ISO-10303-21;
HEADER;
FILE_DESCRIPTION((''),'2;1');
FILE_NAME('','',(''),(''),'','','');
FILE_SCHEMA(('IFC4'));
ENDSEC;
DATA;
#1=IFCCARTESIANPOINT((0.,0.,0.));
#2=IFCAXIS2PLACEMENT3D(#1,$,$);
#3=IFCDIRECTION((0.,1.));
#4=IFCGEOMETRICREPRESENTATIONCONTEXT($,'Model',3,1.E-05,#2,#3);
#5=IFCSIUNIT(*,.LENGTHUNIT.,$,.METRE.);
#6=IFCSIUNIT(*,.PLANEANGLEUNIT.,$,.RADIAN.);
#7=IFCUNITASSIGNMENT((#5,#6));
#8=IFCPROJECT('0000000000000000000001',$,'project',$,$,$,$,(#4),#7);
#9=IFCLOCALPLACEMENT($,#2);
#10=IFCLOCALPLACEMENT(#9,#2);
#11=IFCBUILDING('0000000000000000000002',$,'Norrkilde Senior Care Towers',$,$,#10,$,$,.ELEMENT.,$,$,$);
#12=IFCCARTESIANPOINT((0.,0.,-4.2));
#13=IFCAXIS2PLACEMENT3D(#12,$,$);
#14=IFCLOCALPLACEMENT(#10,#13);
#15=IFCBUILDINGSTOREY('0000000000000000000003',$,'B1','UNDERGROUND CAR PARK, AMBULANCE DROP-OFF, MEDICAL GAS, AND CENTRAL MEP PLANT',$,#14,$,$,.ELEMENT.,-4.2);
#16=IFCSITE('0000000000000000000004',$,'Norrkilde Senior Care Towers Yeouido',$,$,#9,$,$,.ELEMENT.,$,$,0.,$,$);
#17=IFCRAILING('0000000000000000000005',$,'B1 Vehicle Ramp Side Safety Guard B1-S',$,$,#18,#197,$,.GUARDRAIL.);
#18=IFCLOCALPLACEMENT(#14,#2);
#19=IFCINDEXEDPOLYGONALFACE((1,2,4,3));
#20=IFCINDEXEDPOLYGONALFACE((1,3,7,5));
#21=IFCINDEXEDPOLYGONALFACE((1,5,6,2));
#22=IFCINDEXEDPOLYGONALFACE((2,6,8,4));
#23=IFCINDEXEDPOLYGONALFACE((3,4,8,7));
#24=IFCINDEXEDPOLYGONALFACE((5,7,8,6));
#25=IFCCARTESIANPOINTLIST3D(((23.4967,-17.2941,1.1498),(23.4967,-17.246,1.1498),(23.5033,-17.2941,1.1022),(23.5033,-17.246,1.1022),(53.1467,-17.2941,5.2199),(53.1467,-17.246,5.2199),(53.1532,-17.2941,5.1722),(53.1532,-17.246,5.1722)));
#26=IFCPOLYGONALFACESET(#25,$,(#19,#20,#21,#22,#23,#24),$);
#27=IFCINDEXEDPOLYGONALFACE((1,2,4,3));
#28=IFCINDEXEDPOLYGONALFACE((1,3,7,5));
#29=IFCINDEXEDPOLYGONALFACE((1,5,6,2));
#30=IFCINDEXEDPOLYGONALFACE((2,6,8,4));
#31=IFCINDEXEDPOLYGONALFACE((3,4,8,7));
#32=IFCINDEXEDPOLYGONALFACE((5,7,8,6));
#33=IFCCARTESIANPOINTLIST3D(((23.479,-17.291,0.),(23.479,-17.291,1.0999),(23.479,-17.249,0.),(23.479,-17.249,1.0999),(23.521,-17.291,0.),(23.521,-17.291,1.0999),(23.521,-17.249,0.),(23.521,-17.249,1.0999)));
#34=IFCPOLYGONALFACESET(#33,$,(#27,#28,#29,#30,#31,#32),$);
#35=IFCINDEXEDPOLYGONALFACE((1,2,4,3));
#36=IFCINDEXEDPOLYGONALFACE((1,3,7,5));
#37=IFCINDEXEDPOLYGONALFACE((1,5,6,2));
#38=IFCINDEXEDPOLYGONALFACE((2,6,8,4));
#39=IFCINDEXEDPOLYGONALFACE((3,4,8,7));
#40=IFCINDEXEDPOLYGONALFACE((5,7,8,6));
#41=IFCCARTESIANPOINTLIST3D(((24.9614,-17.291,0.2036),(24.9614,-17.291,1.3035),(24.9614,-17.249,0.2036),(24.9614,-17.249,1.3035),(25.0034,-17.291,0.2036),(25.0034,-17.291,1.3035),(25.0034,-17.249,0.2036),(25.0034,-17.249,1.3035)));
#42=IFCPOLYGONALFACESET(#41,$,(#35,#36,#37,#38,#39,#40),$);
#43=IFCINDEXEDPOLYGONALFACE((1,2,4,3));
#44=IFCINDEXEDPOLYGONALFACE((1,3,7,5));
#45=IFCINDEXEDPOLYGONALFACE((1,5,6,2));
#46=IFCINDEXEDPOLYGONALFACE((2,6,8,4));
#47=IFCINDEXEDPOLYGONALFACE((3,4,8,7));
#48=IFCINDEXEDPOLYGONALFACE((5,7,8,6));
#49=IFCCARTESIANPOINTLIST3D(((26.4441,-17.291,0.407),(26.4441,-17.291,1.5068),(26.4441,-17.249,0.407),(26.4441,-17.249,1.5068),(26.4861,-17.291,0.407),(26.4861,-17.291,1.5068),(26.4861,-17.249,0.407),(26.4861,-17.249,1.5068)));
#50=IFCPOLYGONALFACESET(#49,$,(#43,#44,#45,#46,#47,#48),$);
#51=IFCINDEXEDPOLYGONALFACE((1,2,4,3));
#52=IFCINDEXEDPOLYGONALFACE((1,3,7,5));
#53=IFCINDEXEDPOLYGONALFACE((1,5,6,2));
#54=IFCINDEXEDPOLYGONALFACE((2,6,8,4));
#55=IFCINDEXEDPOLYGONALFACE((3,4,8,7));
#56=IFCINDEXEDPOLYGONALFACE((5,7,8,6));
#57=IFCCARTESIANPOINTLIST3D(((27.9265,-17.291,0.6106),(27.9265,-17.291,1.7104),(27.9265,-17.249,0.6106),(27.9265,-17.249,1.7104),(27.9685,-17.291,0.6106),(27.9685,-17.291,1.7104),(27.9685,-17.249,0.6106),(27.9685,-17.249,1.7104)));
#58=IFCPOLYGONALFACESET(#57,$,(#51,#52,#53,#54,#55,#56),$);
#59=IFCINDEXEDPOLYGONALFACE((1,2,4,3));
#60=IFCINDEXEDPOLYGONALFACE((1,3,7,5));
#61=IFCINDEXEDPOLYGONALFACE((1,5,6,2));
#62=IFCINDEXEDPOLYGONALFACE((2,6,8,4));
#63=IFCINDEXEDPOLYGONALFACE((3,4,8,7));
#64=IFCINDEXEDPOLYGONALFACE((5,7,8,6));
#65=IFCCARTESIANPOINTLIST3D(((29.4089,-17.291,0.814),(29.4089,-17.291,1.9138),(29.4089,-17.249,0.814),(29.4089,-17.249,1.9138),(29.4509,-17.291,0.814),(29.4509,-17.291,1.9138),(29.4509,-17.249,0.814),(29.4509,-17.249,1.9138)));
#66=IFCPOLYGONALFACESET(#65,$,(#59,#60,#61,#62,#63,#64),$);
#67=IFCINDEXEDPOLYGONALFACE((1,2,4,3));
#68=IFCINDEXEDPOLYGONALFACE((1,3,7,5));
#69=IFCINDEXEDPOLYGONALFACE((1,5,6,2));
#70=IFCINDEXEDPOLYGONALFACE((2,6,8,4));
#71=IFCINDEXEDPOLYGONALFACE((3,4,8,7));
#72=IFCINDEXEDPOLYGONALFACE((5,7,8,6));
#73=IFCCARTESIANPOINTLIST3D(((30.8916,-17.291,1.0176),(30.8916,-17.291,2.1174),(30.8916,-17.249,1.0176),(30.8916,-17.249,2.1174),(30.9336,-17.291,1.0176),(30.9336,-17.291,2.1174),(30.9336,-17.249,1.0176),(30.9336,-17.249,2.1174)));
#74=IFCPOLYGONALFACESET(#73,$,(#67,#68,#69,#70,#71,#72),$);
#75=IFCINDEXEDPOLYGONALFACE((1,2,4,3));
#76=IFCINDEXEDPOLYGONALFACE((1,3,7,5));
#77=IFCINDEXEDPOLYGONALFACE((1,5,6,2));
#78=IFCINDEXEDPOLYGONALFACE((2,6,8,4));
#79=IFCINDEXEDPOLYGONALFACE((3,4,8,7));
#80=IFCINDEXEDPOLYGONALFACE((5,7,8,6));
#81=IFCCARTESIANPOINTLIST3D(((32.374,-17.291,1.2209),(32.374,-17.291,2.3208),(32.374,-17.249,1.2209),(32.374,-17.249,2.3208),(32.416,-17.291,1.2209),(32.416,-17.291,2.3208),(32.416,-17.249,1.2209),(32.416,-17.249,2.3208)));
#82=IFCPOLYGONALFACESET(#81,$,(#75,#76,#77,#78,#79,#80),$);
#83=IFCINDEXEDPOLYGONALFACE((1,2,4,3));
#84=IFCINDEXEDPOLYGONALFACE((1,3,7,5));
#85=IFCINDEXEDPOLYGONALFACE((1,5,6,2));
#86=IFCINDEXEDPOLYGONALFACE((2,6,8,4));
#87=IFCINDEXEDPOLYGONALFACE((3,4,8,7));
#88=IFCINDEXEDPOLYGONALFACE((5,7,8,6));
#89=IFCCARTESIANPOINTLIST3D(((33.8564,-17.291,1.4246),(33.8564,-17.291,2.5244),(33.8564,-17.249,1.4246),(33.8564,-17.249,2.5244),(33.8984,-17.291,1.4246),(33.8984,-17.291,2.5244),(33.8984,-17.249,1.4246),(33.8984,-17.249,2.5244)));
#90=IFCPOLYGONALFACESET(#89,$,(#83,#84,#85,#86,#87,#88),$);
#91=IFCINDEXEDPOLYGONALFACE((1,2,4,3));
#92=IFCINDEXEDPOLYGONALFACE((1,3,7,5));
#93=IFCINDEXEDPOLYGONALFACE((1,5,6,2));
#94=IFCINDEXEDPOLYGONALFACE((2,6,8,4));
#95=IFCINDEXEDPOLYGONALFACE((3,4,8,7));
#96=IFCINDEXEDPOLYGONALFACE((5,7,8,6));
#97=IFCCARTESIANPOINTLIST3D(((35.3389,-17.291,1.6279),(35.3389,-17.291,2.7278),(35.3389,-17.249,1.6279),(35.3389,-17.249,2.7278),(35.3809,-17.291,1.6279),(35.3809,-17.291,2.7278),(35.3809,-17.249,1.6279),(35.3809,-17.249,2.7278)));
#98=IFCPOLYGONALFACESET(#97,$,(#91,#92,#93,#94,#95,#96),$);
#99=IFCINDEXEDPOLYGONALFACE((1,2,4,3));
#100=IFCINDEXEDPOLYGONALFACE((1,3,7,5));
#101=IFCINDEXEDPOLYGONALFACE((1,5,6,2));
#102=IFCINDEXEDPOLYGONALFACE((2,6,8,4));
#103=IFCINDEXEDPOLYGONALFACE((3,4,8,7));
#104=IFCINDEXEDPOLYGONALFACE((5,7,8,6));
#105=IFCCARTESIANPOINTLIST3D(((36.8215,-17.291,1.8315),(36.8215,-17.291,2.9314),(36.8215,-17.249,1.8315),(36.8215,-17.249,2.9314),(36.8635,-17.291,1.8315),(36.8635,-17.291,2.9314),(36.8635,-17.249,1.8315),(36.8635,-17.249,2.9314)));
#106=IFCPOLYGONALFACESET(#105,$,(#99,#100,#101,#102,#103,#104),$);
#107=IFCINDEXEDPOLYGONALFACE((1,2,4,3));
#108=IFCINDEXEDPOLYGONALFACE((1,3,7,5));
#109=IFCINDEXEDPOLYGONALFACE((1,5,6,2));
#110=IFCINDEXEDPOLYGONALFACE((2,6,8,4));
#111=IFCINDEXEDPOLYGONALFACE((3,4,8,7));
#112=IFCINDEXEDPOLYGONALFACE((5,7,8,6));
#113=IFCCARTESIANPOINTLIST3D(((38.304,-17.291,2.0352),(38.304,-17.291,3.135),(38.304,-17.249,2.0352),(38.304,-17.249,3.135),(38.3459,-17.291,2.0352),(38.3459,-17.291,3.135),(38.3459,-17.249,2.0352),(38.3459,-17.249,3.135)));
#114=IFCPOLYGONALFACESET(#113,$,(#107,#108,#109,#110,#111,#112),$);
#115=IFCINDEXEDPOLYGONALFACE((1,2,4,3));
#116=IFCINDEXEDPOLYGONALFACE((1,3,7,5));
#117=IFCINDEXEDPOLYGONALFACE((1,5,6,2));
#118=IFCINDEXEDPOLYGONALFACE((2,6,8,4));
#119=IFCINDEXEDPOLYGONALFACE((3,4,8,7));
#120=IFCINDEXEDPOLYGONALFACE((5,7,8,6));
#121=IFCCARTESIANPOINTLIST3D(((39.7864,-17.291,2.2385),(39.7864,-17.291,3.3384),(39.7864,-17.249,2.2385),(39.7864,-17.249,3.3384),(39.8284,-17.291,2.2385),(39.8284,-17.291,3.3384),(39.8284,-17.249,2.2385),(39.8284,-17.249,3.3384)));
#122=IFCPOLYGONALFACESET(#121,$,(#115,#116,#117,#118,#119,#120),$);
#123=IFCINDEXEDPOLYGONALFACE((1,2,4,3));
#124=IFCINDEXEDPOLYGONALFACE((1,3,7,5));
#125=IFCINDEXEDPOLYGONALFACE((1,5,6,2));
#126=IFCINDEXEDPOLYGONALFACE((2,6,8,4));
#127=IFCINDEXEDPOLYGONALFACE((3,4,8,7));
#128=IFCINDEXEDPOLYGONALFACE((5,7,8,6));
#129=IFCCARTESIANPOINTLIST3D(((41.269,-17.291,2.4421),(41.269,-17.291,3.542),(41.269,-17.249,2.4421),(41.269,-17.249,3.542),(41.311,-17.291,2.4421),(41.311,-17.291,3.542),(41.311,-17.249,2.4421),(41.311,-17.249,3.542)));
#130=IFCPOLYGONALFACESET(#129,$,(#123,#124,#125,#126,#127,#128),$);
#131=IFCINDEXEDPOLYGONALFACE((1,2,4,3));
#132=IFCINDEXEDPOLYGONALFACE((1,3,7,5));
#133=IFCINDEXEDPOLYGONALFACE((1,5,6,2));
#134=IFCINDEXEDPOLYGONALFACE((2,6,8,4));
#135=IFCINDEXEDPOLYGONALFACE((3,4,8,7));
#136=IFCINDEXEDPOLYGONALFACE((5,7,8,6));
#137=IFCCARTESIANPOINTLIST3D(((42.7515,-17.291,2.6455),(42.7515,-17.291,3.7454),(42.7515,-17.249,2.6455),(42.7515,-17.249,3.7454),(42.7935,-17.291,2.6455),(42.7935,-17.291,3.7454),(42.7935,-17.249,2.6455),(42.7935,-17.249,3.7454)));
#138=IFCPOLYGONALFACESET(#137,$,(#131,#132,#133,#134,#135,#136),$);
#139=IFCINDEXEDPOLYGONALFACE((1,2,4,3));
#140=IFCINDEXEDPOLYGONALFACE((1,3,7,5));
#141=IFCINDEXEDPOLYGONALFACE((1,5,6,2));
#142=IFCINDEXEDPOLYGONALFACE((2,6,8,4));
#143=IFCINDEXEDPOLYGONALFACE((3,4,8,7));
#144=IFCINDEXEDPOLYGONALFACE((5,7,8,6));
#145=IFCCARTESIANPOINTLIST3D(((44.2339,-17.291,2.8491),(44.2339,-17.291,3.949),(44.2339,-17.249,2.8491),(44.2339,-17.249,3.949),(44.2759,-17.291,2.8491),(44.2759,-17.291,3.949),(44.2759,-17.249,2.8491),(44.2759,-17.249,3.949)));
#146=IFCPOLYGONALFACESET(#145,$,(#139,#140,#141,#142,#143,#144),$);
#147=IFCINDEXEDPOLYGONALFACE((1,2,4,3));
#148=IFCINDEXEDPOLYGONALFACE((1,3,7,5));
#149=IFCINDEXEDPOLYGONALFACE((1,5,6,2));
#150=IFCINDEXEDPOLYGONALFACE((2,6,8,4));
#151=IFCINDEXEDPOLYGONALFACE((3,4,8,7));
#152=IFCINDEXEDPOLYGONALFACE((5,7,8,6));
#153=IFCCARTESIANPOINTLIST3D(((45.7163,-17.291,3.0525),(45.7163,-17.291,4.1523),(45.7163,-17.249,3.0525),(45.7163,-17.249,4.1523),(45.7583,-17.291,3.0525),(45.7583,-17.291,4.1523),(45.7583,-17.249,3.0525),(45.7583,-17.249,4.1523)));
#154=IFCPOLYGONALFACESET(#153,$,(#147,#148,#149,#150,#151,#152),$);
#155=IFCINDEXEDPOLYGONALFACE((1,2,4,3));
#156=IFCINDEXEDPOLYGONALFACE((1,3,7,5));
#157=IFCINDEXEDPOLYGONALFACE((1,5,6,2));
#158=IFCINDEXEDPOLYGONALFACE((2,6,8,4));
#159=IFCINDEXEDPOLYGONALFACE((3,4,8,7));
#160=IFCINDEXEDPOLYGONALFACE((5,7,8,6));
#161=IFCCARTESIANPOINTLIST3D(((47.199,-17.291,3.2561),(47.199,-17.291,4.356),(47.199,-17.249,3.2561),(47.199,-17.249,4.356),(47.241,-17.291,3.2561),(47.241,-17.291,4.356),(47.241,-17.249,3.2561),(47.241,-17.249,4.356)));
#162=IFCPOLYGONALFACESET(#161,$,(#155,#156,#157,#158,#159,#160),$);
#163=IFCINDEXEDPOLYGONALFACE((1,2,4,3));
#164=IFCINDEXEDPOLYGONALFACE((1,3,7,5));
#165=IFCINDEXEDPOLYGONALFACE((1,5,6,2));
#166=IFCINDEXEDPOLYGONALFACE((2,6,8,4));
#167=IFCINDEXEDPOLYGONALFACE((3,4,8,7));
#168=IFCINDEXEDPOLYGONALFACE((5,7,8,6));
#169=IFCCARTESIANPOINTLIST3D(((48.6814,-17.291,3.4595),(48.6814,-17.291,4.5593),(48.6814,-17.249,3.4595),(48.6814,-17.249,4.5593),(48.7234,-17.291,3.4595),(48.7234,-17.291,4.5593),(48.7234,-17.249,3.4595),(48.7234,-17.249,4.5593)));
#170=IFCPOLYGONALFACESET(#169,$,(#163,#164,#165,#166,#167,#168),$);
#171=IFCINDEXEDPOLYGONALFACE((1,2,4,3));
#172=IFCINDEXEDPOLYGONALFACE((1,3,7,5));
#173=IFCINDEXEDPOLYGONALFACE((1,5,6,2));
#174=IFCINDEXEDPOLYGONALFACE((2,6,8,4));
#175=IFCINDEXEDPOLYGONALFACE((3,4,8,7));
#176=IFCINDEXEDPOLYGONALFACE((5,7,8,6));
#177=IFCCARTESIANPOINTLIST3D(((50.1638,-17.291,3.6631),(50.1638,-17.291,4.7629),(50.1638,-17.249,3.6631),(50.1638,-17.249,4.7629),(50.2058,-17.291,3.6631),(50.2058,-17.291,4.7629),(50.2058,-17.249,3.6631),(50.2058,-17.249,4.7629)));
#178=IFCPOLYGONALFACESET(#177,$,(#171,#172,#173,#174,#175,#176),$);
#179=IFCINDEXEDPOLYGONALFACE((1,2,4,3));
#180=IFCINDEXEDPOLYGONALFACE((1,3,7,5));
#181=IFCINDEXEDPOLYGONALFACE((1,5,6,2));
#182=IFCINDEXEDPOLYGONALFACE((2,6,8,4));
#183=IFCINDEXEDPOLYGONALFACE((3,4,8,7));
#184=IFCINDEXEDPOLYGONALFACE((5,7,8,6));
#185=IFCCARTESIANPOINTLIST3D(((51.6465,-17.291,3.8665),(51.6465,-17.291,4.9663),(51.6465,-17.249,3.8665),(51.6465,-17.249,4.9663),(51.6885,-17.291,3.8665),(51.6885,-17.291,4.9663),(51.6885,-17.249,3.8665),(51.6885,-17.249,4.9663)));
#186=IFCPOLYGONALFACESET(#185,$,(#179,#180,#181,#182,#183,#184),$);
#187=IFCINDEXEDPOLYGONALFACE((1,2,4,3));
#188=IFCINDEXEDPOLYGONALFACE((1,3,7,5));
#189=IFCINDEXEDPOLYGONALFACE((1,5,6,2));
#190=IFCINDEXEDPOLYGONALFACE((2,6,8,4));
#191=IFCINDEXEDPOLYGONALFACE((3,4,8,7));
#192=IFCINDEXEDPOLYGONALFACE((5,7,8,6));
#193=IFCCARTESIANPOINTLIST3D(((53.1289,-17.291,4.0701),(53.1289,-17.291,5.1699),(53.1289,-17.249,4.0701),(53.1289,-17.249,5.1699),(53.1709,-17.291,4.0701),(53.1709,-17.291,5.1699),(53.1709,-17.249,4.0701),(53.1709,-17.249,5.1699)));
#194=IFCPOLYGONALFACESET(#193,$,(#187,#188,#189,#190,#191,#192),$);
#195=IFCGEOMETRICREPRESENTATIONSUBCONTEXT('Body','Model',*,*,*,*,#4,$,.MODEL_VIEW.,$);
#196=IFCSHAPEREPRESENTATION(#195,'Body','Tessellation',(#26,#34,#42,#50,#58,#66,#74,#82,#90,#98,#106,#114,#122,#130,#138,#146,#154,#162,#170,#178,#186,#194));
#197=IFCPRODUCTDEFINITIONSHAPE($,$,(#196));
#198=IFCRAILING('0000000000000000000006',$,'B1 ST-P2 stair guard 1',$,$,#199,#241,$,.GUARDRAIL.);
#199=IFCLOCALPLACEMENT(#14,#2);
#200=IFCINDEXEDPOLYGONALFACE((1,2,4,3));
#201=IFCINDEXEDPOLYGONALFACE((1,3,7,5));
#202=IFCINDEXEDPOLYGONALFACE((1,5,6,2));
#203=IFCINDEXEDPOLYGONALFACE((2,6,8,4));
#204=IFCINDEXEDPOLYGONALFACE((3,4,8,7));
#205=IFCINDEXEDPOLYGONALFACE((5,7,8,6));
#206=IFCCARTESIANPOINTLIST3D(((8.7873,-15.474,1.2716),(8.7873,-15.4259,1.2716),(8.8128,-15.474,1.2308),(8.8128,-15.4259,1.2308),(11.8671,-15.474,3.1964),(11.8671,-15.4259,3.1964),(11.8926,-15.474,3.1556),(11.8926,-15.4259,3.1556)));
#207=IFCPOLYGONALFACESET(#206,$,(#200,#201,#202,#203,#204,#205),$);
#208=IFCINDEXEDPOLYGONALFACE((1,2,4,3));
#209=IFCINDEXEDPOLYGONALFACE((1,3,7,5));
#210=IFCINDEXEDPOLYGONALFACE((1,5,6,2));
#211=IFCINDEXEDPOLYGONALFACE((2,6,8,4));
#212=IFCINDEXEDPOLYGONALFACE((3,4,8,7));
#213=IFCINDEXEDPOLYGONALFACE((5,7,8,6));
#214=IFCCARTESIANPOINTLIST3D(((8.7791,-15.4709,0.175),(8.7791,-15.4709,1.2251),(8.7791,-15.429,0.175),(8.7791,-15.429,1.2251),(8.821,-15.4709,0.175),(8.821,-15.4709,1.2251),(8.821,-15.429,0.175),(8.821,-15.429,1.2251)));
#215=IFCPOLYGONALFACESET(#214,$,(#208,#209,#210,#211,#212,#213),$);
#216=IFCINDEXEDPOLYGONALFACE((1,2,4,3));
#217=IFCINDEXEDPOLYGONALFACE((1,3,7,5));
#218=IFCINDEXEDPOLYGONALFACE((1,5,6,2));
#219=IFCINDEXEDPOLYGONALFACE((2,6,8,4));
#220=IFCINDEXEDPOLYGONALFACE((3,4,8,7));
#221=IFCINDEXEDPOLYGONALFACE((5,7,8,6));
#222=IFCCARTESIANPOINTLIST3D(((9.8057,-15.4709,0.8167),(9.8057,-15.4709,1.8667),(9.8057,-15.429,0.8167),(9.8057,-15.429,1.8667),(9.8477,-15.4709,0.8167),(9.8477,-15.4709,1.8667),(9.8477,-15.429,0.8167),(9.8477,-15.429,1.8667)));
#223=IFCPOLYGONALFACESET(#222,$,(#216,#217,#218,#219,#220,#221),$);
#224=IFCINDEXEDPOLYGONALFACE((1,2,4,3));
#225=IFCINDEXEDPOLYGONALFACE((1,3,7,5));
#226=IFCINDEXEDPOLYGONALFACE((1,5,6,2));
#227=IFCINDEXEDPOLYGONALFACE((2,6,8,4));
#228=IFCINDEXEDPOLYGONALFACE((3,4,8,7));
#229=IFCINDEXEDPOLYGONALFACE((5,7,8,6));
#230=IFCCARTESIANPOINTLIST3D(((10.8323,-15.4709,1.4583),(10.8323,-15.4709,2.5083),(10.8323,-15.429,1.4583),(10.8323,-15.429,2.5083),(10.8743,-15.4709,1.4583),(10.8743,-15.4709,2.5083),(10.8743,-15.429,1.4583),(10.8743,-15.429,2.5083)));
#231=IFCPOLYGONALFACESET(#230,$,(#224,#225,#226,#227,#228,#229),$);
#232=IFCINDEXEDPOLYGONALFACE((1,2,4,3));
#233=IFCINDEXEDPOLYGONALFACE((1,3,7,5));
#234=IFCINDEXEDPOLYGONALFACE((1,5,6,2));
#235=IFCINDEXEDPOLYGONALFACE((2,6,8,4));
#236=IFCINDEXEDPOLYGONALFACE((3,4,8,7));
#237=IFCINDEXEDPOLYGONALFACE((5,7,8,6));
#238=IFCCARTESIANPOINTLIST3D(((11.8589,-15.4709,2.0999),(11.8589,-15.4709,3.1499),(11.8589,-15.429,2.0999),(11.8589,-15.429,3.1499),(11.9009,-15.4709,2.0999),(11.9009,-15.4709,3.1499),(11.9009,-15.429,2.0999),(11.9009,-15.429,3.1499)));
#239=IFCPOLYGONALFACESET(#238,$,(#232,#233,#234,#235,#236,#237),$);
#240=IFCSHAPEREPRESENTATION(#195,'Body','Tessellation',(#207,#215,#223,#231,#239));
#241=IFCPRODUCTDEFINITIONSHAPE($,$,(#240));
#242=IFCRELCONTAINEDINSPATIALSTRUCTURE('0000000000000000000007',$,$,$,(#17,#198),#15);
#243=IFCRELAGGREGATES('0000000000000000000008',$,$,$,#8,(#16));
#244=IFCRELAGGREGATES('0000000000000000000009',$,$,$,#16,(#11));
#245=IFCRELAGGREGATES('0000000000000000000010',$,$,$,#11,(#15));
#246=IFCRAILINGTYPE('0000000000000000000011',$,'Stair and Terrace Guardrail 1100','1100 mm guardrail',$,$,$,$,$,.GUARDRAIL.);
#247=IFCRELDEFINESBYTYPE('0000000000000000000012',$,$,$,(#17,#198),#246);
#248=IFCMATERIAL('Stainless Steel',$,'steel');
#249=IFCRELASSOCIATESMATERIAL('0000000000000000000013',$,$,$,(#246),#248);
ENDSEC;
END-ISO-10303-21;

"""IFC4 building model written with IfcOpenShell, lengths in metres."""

from ifc_helpers import new_model, si_unit, direction, frame, origin, origin_2d, place, context, subcontext, project, spatial, rectangle, extrude, material, type_object, element, save


model = new_model("IFC4")

# Units and contexts
model_context = context("Model", 3, precision=1e-05, world=origin(), true_north=direction((0.0, 1.0)))
body_context = subcontext(model_context, "Body", "Model", "MODEL_VIEW")
ifc_project = project(units=[si_unit("LENGTHUNIT", "METRE"), si_unit("PLANEANGLEUNIT", "RADIAN")], contexts=[model_context])

# Site, building, storey
site_placement = place(None, origin())
site = spatial("IfcSite", under=ifc_project, at=site_placement, Name="Norrkilde Senior Care Towers Yeouido", CompositionType="ELEMENT", RefElevation=0.0)
building_placement = place(site_placement, origin())
building = spatial("IfcBuilding", under=site, at=building_placement, Name="Norrkilde Senior Care Towers", CompositionType="ELEMENT")
storey_placement = place(building_placement, frame((0.0, 0.0, -4.2)))
storey = spatial("IfcBuildingStorey", under=building, at=storey_placement, Name="B1", Description="UNDERGROUND CAR PARK, AMBULANCE DROP-OFF, MEDICAL GAS, AND CENTRAL MEP PLANT", CompositionType="ELEMENT", Elevation=-4.2)

# Railings
ifc_material_1 = material(Name="Stainless Steel", Category="steel")
railing_type_1 = type_object("IfcRailingType", Name="Stair and Terrace Guardrail 1100", Description="1100 mm guardrail", PredefinedType="GUARDRAIL", material=ifc_material_1)
railing_1_placement = place(storey_placement, frame((23.5, -17.27, 0.0)))
element("IfcRailing", 1, at=railing_1_placement, inside=storey, type_object=railing_type_1, Name="B1 Vehicle Ramp Side Safety Guard B1-S", PredefinedType="GUARDRAIL", context=body_context, shape_type="SweptSolid", body=[
    extrude(rectangle(XDim=0.0481, YDim=0.0481, at=origin_2d()), frame((0.0, 0.0, 1.126), z_axis=(0.990709, 0.0, 0.135996), x_axis=(0.0, 1.0, 0.0)), (0.0, 0.0, 1.0), 29.928),
    extrude(rectangle(XDim=0.042, YDim=0.042, at=origin_2d()), origin(), (0.0, 0.0, 1.0), 1.0999),
    extrude(rectangle(XDim=0.042, YDim=0.042, at=origin_2d()), frame((1.4824, 0.0, 0.2036)), (0.0, 0.0, 1.0), 1.0999),
    extrude(rectangle(XDim=0.042, YDim=0.042, at=origin_2d()), frame((2.9651, 0.0, 0.407)), (0.0, 0.0, 1.0), 1.0999),
    extrude(rectangle(XDim=0.042, YDim=0.042, at=origin_2d()), frame((4.4475, 0.0, 0.6106)), (0.0, 0.0, 1.0), 1.0999),
    extrude(rectangle(XDim=0.042, YDim=0.042, at=origin_2d()), frame((5.9299, 0.0, 0.814)), (0.0, 0.0, 1.0), 1.0999),
    extrude(rectangle(XDim=0.042, YDim=0.042, at=origin_2d()), frame((7.4126, 0.0, 1.0176)), (0.0, 0.0, 1.0), 1.0999),
    extrude(rectangle(XDim=0.042, YDim=0.042, at=origin_2d()), frame((8.895, 0.0, 1.2209)), (0.0, 0.0, 1.0), 1.0999),
    extrude(rectangle(XDim=0.042, YDim=0.042, at=origin_2d()), frame((10.3774, 0.0, 1.4246)), (0.0, 0.0, 1.0), 1.0999),
    extrude(rectangle(XDim=0.042, YDim=0.042, at=origin_2d()), frame((11.8599, 0.0, 1.6279)), (0.0, 0.0, 1.0), 1.0999),
    extrude(rectangle(XDim=0.042, YDim=0.042, at=origin_2d()), frame((13.3425, 0.0, 1.8315)), (0.0, 0.0, 1.0), 1.0999),
    extrude(rectangle(XDim=0.042, YDim=0.042, at=origin_2d()), frame((14.825, 0.0, 2.0352)), (0.0, 0.0, 1.0), 1.0999),
    extrude(rectangle(XDim=0.042, YDim=0.042, at=origin_2d()), frame((16.3074, 0.0, 2.2385)), (0.0, 0.0, 1.0), 1.0999),
    extrude(rectangle(XDim=0.042, YDim=0.042, at=origin_2d()), frame((17.79, 0.0, 2.4421)), (0.0, 0.0, 1.0), 1.0999),
    extrude(rectangle(XDim=0.042, YDim=0.042, at=origin_2d()), frame((19.2725, 0.0, 2.6455)), (0.0, 0.0, 1.0), 1.0999),
    extrude(rectangle(XDim=0.042, YDim=0.042, at=origin_2d()), frame((20.7549, 0.0, 2.8491)), (0.0, 0.0, 1.0), 1.0999),
    extrude(rectangle(XDim=0.042, YDim=0.042, at=origin_2d()), frame((22.2373, 0.0, 3.0525)), (0.0, 0.0, 1.0), 1.0999),
    extrude(rectangle(XDim=0.042, YDim=0.042, at=origin_2d()), frame((23.72, 0.0, 3.2561)), (0.0, 0.0, 1.0), 1.0999),
    extrude(rectangle(XDim=0.042, YDim=0.042, at=origin_2d()), frame((25.2024, 0.0, 3.4595)), (0.0, 0.0, 1.0), 1.0999),
    extrude(rectangle(XDim=0.042, YDim=0.042, at=origin_2d()), frame((26.6848, 0.0, 3.6631)), (0.0, 0.0, 1.0), 1.0999),
    extrude(rectangle(XDim=0.042, YDim=0.042, at=origin_2d()), frame((28.1675, 0.0, 3.8665)), (0.0, 0.0, 1.0), 1.0999),
    extrude(rectangle(XDim=0.042, YDim=0.042, at=origin_2d()), frame((29.6499, 0.0, 4.0701)), (0.0, 0.0, 1.0), 1.0999),
])
railing_2_placement = place(storey_placement, frame((8.8, -15.45, 0.175)))
element("IfcRailing", 2, at=railing_2_placement, inside=storey, type_object=railing_type_1, Name="B1 ST-P2 stair guard 1", PredefinedType="GUARDRAIL", context=body_context, shape_type="SweptSolid", body=[
    extrude(rectangle(XDim=0.0481, YDim=0.0481, at=origin_2d()), frame((0.0, 0.0, 1.0762), z_axis=(0.84801, 0.0, 0.529981), x_axis=(0.0, 1.0, 0.0)), (0.0, 0.0, 1.0), 3.6318),
    extrude(rectangle(XDim=0.042, YDim=0.042, at=origin_2d()), origin(), (0.0, 0.0, 1.0), 1.05),
    extrude(rectangle(XDim=0.042, YDim=0.042, at=origin_2d()), frame((1.0266, 0.0, 0.6416)), (0.0, 0.0, 1.0), 1.05),
    extrude(rectangle(XDim=0.042, YDim=0.042, at=origin_2d()), frame((2.0532, 0.0, 1.2832)), (0.0, 0.0, 1.0), 1.05),
    extrude(rectangle(XDim=0.042, YDim=0.042, at=origin_2d()), frame((3.0798, 0.0, 1.9248)), (0.0, 0.0, 1.0), 1.05),
])

save(model, "model.ifc")
